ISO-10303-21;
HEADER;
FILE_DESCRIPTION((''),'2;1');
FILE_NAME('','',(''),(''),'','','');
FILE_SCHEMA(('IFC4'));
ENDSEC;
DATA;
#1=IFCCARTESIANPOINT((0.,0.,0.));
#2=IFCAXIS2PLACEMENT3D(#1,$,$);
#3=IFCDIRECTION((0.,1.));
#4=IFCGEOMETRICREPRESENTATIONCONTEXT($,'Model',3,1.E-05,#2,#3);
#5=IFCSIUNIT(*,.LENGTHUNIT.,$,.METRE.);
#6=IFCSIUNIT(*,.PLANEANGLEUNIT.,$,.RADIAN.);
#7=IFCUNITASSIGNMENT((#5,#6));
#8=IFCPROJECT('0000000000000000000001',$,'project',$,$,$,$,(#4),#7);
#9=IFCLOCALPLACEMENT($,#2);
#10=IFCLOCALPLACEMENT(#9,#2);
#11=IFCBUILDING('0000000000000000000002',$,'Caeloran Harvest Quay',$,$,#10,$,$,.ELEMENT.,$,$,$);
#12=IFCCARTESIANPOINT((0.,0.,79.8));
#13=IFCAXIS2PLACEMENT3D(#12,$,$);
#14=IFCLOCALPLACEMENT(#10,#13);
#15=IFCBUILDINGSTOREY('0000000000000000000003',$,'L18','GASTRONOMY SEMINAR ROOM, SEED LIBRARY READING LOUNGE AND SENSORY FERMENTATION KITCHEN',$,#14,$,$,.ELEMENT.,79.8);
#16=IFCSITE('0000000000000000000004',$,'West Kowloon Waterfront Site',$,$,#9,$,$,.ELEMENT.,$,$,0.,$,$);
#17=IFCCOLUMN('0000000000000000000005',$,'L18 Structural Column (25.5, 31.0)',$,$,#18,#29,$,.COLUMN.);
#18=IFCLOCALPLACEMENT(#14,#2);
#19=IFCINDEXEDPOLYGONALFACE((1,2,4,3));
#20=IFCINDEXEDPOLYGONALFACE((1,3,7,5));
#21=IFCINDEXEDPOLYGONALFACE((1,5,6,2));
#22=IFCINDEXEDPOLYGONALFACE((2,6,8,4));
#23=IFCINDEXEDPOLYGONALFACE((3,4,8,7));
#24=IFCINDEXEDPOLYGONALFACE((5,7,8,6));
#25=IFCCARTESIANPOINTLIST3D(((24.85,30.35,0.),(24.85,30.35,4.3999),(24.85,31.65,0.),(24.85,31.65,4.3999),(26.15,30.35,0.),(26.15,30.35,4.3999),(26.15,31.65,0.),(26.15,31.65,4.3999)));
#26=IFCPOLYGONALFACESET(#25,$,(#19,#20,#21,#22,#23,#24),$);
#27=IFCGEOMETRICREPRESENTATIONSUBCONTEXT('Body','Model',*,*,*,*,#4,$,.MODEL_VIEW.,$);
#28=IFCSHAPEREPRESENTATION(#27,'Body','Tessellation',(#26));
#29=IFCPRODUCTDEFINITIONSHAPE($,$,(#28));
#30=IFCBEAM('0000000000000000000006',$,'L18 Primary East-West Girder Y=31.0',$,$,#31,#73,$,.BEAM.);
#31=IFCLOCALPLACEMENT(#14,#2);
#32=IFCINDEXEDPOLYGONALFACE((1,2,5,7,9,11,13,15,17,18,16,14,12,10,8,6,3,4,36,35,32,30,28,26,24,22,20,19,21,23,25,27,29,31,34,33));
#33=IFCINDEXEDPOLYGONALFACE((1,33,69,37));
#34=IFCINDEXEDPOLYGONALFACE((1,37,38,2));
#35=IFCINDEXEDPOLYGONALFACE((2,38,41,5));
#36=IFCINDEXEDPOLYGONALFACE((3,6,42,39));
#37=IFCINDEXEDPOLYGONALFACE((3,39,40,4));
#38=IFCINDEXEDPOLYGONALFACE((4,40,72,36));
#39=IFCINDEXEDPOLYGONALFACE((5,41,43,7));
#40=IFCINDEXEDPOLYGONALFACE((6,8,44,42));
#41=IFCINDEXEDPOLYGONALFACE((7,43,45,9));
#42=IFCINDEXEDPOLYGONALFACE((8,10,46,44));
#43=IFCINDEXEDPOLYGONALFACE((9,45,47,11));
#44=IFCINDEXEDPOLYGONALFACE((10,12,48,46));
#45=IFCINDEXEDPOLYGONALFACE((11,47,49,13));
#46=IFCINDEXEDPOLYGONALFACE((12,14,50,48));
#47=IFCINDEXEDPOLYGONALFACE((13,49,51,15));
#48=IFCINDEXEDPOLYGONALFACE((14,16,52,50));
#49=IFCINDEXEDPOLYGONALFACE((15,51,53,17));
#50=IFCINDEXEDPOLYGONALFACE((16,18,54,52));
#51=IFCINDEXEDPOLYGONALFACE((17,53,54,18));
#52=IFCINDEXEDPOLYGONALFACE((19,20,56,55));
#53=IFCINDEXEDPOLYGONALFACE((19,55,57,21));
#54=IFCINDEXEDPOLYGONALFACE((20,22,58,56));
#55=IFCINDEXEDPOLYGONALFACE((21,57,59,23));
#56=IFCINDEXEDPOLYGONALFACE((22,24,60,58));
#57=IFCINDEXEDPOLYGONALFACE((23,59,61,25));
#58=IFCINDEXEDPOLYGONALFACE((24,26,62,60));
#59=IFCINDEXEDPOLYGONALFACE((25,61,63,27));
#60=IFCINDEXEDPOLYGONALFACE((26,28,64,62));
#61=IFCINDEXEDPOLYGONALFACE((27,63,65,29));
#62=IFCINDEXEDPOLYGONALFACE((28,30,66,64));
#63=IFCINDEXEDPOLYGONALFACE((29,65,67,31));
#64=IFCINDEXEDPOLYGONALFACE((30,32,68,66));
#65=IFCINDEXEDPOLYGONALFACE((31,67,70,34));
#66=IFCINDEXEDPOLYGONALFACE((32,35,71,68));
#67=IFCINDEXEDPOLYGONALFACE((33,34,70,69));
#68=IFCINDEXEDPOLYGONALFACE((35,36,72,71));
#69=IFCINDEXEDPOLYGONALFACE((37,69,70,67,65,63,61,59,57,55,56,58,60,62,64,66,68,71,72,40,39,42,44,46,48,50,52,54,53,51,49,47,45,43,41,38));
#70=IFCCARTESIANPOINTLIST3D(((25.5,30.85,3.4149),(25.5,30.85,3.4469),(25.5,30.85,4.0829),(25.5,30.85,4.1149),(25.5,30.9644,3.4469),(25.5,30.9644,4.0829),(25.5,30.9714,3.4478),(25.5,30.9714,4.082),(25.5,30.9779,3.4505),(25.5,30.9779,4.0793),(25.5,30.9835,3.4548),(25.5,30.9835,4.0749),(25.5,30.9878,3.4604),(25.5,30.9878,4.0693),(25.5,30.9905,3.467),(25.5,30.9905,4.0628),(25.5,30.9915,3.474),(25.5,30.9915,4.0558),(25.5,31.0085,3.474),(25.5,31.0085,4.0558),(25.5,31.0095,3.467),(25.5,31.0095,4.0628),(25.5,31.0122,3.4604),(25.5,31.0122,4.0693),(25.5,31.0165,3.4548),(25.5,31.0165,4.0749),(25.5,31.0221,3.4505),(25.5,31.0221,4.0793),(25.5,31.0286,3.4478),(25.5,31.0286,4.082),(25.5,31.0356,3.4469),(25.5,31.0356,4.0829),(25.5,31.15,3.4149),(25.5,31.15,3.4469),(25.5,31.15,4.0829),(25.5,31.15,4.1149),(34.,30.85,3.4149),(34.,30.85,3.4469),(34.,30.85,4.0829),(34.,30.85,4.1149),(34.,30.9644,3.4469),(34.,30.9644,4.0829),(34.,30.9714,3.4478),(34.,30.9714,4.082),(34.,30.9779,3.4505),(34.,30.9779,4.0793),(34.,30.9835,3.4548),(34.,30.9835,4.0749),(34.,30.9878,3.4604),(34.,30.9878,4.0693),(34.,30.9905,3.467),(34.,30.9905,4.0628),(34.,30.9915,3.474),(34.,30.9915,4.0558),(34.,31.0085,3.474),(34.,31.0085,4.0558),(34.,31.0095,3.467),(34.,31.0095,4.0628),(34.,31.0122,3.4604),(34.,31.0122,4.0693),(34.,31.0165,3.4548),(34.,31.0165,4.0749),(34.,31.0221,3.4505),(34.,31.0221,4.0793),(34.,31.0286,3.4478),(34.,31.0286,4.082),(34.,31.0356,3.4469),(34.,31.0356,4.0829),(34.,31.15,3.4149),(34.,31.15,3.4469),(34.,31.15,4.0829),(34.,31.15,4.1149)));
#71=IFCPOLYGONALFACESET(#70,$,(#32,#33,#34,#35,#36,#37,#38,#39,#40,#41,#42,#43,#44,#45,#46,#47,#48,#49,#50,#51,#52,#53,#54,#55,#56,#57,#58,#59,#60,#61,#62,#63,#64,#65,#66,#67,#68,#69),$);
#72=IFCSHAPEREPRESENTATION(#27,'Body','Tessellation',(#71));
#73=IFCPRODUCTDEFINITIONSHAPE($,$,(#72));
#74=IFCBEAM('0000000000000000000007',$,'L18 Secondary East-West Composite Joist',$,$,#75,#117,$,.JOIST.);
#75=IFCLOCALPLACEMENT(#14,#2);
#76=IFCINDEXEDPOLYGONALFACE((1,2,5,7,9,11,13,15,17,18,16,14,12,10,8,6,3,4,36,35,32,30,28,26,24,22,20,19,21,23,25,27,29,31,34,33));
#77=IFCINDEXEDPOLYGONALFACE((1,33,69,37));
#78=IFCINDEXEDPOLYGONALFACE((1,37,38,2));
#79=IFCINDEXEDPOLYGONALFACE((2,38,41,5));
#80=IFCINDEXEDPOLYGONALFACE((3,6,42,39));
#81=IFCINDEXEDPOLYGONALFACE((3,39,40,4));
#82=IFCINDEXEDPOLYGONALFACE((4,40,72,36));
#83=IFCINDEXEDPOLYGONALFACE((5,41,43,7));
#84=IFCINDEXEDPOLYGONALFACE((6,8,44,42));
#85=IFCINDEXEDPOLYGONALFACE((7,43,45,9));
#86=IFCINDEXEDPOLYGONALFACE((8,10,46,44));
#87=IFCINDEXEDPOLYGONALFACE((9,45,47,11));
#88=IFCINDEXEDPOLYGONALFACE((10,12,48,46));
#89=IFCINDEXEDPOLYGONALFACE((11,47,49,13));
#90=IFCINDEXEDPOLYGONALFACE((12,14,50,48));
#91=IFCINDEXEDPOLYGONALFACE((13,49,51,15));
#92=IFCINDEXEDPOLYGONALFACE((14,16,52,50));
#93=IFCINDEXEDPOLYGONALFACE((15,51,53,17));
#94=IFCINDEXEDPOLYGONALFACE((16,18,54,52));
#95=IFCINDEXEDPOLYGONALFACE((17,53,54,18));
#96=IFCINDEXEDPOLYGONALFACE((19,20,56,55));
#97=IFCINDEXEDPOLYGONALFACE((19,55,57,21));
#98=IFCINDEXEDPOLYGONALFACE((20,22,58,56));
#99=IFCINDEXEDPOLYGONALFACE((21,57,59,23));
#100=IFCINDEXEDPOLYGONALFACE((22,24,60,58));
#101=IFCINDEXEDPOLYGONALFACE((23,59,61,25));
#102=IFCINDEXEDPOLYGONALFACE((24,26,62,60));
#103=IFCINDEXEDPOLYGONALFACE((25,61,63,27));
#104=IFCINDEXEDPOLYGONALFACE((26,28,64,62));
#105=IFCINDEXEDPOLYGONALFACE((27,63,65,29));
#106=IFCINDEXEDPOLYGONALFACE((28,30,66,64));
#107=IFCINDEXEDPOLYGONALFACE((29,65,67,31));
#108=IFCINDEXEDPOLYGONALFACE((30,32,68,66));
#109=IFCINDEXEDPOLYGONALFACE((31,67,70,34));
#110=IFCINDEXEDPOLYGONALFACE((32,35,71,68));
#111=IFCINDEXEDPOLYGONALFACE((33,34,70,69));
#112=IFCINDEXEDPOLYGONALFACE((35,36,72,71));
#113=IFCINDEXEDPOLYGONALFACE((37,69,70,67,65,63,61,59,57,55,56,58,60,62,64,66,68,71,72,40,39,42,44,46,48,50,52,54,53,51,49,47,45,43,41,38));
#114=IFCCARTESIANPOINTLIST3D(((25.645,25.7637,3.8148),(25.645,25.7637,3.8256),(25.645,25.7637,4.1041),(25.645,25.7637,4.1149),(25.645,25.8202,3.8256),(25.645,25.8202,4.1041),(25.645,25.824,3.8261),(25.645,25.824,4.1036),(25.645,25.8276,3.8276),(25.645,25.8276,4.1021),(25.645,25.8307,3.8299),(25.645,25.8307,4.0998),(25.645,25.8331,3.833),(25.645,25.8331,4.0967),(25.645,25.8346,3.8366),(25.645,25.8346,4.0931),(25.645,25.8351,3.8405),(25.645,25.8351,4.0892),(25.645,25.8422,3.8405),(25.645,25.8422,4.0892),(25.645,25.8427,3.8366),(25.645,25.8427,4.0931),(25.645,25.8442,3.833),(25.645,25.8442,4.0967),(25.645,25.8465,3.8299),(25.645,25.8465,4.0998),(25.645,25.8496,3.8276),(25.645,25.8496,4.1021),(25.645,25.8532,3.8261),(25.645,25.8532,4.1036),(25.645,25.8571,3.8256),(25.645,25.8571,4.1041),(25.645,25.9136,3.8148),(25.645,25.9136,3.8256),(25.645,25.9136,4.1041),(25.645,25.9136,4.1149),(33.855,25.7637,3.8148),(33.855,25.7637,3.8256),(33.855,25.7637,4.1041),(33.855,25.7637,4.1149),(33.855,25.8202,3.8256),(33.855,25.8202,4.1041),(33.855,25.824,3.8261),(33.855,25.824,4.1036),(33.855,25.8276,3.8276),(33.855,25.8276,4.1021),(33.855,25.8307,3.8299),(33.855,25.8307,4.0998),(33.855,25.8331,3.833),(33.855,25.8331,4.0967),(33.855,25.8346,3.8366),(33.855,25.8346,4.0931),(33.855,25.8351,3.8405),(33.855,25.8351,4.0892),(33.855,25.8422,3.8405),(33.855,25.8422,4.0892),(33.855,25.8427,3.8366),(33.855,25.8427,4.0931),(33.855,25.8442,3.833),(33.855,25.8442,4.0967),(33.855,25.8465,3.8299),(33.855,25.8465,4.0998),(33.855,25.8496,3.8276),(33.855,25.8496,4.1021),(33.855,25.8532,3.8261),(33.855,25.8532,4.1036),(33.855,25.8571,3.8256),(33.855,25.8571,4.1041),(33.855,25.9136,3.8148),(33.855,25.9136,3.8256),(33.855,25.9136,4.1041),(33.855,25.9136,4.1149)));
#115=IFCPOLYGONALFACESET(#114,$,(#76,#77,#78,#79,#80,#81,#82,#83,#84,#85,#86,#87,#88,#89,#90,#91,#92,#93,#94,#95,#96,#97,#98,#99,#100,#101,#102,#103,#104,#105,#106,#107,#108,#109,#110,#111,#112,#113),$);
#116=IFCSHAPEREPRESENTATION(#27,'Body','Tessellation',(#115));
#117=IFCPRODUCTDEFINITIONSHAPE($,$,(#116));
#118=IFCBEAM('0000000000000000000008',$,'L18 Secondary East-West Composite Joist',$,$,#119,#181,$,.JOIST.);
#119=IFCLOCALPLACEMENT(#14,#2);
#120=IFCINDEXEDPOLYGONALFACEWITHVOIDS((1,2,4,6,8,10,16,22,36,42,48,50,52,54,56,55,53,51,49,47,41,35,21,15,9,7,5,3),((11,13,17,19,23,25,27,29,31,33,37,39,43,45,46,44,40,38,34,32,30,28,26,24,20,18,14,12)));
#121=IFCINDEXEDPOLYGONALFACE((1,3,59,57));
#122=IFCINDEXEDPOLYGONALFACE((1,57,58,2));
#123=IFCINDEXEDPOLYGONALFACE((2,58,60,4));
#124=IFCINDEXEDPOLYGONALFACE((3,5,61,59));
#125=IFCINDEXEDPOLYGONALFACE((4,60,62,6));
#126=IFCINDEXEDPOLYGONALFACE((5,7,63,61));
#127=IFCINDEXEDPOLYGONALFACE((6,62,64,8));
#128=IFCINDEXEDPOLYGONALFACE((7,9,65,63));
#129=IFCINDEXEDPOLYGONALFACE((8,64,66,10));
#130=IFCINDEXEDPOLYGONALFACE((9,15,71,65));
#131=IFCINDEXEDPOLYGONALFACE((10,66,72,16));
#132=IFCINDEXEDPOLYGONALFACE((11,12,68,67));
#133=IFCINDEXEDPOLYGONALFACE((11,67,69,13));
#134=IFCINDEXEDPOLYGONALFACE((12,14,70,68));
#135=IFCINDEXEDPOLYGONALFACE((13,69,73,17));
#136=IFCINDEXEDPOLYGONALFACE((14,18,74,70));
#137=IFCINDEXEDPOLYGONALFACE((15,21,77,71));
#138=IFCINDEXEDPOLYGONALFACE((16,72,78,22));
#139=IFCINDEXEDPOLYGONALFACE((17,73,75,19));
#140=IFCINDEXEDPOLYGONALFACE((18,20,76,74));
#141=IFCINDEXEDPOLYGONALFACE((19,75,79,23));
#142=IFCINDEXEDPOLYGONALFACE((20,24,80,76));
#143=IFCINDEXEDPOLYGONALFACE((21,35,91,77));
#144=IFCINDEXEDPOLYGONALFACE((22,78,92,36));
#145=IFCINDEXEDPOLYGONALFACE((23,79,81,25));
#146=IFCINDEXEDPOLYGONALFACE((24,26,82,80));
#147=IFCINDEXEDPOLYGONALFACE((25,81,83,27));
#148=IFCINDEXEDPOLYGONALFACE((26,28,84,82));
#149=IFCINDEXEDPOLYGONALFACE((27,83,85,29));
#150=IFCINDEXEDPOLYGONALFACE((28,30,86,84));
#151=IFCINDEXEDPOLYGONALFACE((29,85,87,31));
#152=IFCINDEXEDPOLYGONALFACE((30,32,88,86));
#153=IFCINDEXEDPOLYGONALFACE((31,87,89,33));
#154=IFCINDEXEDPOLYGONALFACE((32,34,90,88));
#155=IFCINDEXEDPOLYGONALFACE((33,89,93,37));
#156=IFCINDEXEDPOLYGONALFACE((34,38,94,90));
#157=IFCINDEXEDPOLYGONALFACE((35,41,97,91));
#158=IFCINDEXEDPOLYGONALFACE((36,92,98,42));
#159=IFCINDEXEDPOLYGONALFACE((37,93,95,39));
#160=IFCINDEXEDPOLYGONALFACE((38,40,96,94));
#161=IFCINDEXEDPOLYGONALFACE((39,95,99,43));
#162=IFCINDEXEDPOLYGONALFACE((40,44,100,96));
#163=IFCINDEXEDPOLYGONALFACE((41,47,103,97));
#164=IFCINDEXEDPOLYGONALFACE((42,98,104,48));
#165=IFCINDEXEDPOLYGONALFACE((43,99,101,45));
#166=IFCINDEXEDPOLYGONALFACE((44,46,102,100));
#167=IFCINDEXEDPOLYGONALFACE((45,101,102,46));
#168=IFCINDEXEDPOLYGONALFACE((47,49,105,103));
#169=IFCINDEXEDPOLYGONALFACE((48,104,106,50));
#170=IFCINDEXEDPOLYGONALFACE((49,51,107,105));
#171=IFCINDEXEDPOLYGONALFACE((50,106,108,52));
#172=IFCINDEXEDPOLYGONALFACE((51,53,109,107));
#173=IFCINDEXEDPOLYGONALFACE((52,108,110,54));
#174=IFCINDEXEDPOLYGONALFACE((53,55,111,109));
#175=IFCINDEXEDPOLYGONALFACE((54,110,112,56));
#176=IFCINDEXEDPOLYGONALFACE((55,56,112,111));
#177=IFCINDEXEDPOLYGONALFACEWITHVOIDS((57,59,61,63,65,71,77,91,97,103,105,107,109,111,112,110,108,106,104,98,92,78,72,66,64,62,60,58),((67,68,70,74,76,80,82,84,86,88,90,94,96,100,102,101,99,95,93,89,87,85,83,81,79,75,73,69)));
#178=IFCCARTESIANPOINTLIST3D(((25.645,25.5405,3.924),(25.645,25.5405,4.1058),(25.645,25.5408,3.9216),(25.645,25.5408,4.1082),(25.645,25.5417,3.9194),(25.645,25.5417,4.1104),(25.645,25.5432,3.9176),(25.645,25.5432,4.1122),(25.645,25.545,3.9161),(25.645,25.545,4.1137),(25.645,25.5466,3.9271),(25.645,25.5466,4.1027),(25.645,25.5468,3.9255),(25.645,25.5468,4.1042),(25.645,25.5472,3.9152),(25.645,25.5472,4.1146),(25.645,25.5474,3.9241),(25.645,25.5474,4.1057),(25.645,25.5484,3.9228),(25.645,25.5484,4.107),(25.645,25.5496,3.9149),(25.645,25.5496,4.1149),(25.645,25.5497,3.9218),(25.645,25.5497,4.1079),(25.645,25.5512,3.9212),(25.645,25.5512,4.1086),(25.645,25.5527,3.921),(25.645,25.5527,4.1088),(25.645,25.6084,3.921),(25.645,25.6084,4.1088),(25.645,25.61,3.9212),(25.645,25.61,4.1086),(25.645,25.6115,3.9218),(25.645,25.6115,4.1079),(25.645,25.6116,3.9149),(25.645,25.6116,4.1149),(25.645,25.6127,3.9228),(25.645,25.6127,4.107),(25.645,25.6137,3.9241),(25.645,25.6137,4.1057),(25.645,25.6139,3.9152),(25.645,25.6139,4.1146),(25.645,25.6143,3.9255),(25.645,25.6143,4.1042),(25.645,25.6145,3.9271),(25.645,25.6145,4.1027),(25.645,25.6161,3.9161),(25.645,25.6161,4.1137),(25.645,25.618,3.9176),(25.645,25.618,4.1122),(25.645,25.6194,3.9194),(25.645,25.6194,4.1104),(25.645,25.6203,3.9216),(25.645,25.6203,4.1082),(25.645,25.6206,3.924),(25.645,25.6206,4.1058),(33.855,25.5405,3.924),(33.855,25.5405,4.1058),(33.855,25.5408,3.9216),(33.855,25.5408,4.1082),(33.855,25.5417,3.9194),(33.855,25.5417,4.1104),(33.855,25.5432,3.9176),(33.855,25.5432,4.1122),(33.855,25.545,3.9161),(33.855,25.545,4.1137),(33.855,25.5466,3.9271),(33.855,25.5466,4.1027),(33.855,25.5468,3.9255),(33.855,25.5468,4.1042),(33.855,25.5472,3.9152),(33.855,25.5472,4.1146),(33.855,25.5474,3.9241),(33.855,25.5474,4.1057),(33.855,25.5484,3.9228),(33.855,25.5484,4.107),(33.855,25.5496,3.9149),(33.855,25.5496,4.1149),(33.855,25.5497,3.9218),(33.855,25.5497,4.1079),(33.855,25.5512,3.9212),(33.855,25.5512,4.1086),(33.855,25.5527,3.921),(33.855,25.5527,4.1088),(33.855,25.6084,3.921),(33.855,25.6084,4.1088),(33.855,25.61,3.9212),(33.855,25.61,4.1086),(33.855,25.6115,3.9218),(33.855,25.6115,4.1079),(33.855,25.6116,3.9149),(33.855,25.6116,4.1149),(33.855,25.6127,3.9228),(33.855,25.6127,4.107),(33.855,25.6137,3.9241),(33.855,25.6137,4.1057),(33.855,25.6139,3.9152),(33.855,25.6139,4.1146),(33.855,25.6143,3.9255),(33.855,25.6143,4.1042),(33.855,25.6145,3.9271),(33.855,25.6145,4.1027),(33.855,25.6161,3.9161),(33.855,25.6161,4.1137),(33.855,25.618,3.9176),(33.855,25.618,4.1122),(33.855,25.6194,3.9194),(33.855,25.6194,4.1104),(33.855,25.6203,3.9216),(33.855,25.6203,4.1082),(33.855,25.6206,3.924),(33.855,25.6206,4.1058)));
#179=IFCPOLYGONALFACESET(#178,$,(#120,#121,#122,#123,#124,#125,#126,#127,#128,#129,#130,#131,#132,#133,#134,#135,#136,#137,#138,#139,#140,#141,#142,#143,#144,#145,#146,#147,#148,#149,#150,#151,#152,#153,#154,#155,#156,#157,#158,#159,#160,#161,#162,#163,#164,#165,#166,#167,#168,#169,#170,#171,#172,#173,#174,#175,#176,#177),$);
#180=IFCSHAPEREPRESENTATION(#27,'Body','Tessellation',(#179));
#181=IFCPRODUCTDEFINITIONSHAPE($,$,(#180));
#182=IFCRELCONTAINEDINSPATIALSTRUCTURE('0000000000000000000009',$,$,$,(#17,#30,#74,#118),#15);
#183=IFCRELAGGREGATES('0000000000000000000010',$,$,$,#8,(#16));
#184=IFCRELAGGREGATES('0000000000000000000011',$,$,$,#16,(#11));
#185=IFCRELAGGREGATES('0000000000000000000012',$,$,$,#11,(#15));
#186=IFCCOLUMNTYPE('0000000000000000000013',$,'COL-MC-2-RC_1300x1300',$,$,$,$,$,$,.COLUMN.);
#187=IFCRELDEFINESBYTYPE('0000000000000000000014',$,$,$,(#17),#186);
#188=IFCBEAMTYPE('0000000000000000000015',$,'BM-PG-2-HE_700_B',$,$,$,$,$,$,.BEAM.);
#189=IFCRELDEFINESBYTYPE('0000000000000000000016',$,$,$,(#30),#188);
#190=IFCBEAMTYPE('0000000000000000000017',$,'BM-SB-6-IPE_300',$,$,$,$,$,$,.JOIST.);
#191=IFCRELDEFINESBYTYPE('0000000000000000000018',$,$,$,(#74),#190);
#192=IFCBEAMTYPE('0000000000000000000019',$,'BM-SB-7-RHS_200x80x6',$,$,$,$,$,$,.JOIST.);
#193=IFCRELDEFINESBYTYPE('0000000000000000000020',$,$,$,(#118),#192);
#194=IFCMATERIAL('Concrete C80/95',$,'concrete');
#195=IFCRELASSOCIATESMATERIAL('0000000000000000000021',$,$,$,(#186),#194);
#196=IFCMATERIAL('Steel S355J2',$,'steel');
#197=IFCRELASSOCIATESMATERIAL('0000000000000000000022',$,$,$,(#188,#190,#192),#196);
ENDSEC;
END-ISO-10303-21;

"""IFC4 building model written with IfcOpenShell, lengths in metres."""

from ifc_helpers import new_model, si_unit, direction, frame, origin, origin_2d, place, context, subcontext, project, spatial, rectangle, hollow_rectangle, i_section, extrude, material, material_profile, profile_set, type_object, element, save


model = new_model("IFC4")

# Units and contexts
model_context = context("Model", 3, precision=1e-05, world=origin(), true_north=direction((0.0, 1.0)))
body_context = subcontext(model_context, "Body", "Model", "MODEL_VIEW")
ifc_project = project(units=[si_unit("LENGTHUNIT", "METRE"), si_unit("PLANEANGLEUNIT", "RADIAN")], contexts=[model_context])

# Site, building, storey
site_placement = place(None, origin())
site = spatial("IfcSite", under=ifc_project, at=site_placement, Name="West Kowloon Waterfront Site", CompositionType="ELEMENT", RefElevation=0.0)
building_placement = place(site_placement, origin())
building = spatial("IfcBuilding", under=site, at=building_placement, Name="Caeloran Harvest Quay", CompositionType="ELEMENT")
storey_placement = place(building_placement, frame((0.0, 0.0, 79.8)))
storey = spatial("IfcBuildingStorey", under=building, at=storey_placement, Name="L18", Description="GASTRONOMY SEMINAR ROOM, SEED LIBRARY READING LOUNGE AND SENSORY FERMENTATION KITCHEN", CompositionType="ELEMENT", Elevation=79.8)

# Column
ifc_material_1 = material(Name="Concrete C80/95", Category="concrete")
ifc_material_profile_1 = material_profile(ifc_material_1, rectangle(XDim=1.3, YDim=1.3, at=origin_2d()), Name="RC 1300x1300")
ifc_profile_set_1 = profile_set([ifc_material_profile_1], Name="Concrete C80/95")
column_type = type_object("IfcColumnType", Name="COL-MC-2-RC_1300x1300", PredefinedType="COLUMN", material=ifc_profile_set_1)
column_placement = place(storey_placement, frame((25.5, 31.0, 0.0), z_axis=(0.0, 0.0, 1.0), x_axis=(1.0, 0.0, 0.0)))
element("IfcColumn", 1, at=column_placement, inside=storey, type_object=column_type, Name="L18 Structural Column (25.5, 31.0)", PredefinedType="COLUMN", context=body_context, shape_type="SweptSolid", body=[
    extrude(rectangle(XDim=1.3, YDim=1.3, at=origin_2d()), origin(), (0.0, 0.0, 1.0), 4.3999),
])

# Beams
ifc_material_2 = material(Name="Steel S355J2", Category="steel")
ifc_material_profile_2 = material_profile(ifc_material_2, i_section(OverallWidth=0.3, OverallDepth=0.7, WebThickness=0.0171, FlangeThickness=0.032, FilletRadius=0.0271, at=origin_2d()), Name="HE 700 B")
ifc_profile_set_2 = profile_set([ifc_material_profile_2], Name="Steel S355J2")
beam_type_1 = type_object("IfcBeamType", Name="BM-PG-2-HE_700_B", PredefinedType="BEAM", material=ifc_profile_set_2)
beam_1_placement = place(storey_placement, frame((25.5, 31.0, 3.7649), z_axis=(1.0, 0.0, 0.0), x_axis=(0.0, 1.0, 0.0)))
element("IfcBeam", 2, at=beam_1_placement, inside=storey, type_object=beam_type_1, Name="L18 Primary East-West Girder Y=31.0", PredefinedType="BEAM", context=body_context, shape_type="SweptSolid", body=[
    extrude(i_section(OverallWidth=0.3, OverallDepth=0.7, WebThickness=0.0171, FlangeThickness=0.032, FilletRadius=0.0271, at=origin_2d()), origin(), (0.0, 0.0, 1.0), 8.5),
])
ifc_material_profile_3 = material_profile(ifc_material_2, i_section(OverallWidth=0.1499, OverallDepth=0.3, WebThickness=0.0071, FlangeThickness=0.0107, FilletRadius=0.0149, at=origin_2d()), Name="IPE 300")
ifc_profile_set_3 = profile_set([ifc_material_profile_3], Name="Steel S355J2")
beam_type_2 = type_object("IfcBeamType", Name="BM-SB-6-IPE_300", PredefinedType="JOIST", material=ifc_profile_set_3)
beam_2_placement = place(storey_placement, frame((25.645, 25.8386, 3.9648), z_axis=(1.0, 0.0, 0.0), x_axis=(0.0, 1.0, 0.0)))
element("IfcBeam", 3, at=beam_2_placement, inside=storey, type_object=beam_type_2, Name="L18 Secondary East-West Composite Joist", PredefinedType="JOIST", context=body_context, shape_type="SweptSolid", body=[
    extrude(i_section(OverallWidth=0.1499, OverallDepth=0.3, WebThickness=0.0071, FlangeThickness=0.0107, FilletRadius=0.0149, at=origin_2d()), origin(), (0.0, 0.0, 1.0), 8.21),
])
ifc_material_profile_4 = material_profile(ifc_material_2, hollow_rectangle(XDim=0.0801, YDim=0.2, WallThickness=0.0061, InnerFilletRadius=0.0061, OuterFilletRadius=0.009, at=origin_2d()), Name="RHS 200x80x6")
ifc_profile_set_4 = profile_set([ifc_material_profile_4], Name="Steel S355J2")
beam_type_3 = type_object("IfcBeamType", Name="BM-SB-7-RHS_200x80x6", PredefinedType="JOIST", material=ifc_profile_set_4)
for number, where, z_axis, x_axis, name in (
    (4, (25.645, 25.5806, 4.0149), (1.0, 0.0, 0.0), (0.0, 1.0, 0.0), "L18 Secondary East-West Composite Joist"),
):
    element("IfcBeam", number, at=place(storey_placement, frame(where, z_axis=z_axis, x_axis=x_axis)), inside=storey, type_object=beam_type_3, Name=name, PredefinedType="JOIST", context=body_context, shape_type="SweptSolid", body=[
        extrude(hollow_rectangle(XDim=0.0801, YDim=0.2, WallThickness=0.0061, InnerFilletRadius=0.0061, OuterFilletRadius=0.009, at=origin_2d()), origin(), (0.0, 0.0, 1.0), 8.21),
    ])

save(model, "model.ifc")
